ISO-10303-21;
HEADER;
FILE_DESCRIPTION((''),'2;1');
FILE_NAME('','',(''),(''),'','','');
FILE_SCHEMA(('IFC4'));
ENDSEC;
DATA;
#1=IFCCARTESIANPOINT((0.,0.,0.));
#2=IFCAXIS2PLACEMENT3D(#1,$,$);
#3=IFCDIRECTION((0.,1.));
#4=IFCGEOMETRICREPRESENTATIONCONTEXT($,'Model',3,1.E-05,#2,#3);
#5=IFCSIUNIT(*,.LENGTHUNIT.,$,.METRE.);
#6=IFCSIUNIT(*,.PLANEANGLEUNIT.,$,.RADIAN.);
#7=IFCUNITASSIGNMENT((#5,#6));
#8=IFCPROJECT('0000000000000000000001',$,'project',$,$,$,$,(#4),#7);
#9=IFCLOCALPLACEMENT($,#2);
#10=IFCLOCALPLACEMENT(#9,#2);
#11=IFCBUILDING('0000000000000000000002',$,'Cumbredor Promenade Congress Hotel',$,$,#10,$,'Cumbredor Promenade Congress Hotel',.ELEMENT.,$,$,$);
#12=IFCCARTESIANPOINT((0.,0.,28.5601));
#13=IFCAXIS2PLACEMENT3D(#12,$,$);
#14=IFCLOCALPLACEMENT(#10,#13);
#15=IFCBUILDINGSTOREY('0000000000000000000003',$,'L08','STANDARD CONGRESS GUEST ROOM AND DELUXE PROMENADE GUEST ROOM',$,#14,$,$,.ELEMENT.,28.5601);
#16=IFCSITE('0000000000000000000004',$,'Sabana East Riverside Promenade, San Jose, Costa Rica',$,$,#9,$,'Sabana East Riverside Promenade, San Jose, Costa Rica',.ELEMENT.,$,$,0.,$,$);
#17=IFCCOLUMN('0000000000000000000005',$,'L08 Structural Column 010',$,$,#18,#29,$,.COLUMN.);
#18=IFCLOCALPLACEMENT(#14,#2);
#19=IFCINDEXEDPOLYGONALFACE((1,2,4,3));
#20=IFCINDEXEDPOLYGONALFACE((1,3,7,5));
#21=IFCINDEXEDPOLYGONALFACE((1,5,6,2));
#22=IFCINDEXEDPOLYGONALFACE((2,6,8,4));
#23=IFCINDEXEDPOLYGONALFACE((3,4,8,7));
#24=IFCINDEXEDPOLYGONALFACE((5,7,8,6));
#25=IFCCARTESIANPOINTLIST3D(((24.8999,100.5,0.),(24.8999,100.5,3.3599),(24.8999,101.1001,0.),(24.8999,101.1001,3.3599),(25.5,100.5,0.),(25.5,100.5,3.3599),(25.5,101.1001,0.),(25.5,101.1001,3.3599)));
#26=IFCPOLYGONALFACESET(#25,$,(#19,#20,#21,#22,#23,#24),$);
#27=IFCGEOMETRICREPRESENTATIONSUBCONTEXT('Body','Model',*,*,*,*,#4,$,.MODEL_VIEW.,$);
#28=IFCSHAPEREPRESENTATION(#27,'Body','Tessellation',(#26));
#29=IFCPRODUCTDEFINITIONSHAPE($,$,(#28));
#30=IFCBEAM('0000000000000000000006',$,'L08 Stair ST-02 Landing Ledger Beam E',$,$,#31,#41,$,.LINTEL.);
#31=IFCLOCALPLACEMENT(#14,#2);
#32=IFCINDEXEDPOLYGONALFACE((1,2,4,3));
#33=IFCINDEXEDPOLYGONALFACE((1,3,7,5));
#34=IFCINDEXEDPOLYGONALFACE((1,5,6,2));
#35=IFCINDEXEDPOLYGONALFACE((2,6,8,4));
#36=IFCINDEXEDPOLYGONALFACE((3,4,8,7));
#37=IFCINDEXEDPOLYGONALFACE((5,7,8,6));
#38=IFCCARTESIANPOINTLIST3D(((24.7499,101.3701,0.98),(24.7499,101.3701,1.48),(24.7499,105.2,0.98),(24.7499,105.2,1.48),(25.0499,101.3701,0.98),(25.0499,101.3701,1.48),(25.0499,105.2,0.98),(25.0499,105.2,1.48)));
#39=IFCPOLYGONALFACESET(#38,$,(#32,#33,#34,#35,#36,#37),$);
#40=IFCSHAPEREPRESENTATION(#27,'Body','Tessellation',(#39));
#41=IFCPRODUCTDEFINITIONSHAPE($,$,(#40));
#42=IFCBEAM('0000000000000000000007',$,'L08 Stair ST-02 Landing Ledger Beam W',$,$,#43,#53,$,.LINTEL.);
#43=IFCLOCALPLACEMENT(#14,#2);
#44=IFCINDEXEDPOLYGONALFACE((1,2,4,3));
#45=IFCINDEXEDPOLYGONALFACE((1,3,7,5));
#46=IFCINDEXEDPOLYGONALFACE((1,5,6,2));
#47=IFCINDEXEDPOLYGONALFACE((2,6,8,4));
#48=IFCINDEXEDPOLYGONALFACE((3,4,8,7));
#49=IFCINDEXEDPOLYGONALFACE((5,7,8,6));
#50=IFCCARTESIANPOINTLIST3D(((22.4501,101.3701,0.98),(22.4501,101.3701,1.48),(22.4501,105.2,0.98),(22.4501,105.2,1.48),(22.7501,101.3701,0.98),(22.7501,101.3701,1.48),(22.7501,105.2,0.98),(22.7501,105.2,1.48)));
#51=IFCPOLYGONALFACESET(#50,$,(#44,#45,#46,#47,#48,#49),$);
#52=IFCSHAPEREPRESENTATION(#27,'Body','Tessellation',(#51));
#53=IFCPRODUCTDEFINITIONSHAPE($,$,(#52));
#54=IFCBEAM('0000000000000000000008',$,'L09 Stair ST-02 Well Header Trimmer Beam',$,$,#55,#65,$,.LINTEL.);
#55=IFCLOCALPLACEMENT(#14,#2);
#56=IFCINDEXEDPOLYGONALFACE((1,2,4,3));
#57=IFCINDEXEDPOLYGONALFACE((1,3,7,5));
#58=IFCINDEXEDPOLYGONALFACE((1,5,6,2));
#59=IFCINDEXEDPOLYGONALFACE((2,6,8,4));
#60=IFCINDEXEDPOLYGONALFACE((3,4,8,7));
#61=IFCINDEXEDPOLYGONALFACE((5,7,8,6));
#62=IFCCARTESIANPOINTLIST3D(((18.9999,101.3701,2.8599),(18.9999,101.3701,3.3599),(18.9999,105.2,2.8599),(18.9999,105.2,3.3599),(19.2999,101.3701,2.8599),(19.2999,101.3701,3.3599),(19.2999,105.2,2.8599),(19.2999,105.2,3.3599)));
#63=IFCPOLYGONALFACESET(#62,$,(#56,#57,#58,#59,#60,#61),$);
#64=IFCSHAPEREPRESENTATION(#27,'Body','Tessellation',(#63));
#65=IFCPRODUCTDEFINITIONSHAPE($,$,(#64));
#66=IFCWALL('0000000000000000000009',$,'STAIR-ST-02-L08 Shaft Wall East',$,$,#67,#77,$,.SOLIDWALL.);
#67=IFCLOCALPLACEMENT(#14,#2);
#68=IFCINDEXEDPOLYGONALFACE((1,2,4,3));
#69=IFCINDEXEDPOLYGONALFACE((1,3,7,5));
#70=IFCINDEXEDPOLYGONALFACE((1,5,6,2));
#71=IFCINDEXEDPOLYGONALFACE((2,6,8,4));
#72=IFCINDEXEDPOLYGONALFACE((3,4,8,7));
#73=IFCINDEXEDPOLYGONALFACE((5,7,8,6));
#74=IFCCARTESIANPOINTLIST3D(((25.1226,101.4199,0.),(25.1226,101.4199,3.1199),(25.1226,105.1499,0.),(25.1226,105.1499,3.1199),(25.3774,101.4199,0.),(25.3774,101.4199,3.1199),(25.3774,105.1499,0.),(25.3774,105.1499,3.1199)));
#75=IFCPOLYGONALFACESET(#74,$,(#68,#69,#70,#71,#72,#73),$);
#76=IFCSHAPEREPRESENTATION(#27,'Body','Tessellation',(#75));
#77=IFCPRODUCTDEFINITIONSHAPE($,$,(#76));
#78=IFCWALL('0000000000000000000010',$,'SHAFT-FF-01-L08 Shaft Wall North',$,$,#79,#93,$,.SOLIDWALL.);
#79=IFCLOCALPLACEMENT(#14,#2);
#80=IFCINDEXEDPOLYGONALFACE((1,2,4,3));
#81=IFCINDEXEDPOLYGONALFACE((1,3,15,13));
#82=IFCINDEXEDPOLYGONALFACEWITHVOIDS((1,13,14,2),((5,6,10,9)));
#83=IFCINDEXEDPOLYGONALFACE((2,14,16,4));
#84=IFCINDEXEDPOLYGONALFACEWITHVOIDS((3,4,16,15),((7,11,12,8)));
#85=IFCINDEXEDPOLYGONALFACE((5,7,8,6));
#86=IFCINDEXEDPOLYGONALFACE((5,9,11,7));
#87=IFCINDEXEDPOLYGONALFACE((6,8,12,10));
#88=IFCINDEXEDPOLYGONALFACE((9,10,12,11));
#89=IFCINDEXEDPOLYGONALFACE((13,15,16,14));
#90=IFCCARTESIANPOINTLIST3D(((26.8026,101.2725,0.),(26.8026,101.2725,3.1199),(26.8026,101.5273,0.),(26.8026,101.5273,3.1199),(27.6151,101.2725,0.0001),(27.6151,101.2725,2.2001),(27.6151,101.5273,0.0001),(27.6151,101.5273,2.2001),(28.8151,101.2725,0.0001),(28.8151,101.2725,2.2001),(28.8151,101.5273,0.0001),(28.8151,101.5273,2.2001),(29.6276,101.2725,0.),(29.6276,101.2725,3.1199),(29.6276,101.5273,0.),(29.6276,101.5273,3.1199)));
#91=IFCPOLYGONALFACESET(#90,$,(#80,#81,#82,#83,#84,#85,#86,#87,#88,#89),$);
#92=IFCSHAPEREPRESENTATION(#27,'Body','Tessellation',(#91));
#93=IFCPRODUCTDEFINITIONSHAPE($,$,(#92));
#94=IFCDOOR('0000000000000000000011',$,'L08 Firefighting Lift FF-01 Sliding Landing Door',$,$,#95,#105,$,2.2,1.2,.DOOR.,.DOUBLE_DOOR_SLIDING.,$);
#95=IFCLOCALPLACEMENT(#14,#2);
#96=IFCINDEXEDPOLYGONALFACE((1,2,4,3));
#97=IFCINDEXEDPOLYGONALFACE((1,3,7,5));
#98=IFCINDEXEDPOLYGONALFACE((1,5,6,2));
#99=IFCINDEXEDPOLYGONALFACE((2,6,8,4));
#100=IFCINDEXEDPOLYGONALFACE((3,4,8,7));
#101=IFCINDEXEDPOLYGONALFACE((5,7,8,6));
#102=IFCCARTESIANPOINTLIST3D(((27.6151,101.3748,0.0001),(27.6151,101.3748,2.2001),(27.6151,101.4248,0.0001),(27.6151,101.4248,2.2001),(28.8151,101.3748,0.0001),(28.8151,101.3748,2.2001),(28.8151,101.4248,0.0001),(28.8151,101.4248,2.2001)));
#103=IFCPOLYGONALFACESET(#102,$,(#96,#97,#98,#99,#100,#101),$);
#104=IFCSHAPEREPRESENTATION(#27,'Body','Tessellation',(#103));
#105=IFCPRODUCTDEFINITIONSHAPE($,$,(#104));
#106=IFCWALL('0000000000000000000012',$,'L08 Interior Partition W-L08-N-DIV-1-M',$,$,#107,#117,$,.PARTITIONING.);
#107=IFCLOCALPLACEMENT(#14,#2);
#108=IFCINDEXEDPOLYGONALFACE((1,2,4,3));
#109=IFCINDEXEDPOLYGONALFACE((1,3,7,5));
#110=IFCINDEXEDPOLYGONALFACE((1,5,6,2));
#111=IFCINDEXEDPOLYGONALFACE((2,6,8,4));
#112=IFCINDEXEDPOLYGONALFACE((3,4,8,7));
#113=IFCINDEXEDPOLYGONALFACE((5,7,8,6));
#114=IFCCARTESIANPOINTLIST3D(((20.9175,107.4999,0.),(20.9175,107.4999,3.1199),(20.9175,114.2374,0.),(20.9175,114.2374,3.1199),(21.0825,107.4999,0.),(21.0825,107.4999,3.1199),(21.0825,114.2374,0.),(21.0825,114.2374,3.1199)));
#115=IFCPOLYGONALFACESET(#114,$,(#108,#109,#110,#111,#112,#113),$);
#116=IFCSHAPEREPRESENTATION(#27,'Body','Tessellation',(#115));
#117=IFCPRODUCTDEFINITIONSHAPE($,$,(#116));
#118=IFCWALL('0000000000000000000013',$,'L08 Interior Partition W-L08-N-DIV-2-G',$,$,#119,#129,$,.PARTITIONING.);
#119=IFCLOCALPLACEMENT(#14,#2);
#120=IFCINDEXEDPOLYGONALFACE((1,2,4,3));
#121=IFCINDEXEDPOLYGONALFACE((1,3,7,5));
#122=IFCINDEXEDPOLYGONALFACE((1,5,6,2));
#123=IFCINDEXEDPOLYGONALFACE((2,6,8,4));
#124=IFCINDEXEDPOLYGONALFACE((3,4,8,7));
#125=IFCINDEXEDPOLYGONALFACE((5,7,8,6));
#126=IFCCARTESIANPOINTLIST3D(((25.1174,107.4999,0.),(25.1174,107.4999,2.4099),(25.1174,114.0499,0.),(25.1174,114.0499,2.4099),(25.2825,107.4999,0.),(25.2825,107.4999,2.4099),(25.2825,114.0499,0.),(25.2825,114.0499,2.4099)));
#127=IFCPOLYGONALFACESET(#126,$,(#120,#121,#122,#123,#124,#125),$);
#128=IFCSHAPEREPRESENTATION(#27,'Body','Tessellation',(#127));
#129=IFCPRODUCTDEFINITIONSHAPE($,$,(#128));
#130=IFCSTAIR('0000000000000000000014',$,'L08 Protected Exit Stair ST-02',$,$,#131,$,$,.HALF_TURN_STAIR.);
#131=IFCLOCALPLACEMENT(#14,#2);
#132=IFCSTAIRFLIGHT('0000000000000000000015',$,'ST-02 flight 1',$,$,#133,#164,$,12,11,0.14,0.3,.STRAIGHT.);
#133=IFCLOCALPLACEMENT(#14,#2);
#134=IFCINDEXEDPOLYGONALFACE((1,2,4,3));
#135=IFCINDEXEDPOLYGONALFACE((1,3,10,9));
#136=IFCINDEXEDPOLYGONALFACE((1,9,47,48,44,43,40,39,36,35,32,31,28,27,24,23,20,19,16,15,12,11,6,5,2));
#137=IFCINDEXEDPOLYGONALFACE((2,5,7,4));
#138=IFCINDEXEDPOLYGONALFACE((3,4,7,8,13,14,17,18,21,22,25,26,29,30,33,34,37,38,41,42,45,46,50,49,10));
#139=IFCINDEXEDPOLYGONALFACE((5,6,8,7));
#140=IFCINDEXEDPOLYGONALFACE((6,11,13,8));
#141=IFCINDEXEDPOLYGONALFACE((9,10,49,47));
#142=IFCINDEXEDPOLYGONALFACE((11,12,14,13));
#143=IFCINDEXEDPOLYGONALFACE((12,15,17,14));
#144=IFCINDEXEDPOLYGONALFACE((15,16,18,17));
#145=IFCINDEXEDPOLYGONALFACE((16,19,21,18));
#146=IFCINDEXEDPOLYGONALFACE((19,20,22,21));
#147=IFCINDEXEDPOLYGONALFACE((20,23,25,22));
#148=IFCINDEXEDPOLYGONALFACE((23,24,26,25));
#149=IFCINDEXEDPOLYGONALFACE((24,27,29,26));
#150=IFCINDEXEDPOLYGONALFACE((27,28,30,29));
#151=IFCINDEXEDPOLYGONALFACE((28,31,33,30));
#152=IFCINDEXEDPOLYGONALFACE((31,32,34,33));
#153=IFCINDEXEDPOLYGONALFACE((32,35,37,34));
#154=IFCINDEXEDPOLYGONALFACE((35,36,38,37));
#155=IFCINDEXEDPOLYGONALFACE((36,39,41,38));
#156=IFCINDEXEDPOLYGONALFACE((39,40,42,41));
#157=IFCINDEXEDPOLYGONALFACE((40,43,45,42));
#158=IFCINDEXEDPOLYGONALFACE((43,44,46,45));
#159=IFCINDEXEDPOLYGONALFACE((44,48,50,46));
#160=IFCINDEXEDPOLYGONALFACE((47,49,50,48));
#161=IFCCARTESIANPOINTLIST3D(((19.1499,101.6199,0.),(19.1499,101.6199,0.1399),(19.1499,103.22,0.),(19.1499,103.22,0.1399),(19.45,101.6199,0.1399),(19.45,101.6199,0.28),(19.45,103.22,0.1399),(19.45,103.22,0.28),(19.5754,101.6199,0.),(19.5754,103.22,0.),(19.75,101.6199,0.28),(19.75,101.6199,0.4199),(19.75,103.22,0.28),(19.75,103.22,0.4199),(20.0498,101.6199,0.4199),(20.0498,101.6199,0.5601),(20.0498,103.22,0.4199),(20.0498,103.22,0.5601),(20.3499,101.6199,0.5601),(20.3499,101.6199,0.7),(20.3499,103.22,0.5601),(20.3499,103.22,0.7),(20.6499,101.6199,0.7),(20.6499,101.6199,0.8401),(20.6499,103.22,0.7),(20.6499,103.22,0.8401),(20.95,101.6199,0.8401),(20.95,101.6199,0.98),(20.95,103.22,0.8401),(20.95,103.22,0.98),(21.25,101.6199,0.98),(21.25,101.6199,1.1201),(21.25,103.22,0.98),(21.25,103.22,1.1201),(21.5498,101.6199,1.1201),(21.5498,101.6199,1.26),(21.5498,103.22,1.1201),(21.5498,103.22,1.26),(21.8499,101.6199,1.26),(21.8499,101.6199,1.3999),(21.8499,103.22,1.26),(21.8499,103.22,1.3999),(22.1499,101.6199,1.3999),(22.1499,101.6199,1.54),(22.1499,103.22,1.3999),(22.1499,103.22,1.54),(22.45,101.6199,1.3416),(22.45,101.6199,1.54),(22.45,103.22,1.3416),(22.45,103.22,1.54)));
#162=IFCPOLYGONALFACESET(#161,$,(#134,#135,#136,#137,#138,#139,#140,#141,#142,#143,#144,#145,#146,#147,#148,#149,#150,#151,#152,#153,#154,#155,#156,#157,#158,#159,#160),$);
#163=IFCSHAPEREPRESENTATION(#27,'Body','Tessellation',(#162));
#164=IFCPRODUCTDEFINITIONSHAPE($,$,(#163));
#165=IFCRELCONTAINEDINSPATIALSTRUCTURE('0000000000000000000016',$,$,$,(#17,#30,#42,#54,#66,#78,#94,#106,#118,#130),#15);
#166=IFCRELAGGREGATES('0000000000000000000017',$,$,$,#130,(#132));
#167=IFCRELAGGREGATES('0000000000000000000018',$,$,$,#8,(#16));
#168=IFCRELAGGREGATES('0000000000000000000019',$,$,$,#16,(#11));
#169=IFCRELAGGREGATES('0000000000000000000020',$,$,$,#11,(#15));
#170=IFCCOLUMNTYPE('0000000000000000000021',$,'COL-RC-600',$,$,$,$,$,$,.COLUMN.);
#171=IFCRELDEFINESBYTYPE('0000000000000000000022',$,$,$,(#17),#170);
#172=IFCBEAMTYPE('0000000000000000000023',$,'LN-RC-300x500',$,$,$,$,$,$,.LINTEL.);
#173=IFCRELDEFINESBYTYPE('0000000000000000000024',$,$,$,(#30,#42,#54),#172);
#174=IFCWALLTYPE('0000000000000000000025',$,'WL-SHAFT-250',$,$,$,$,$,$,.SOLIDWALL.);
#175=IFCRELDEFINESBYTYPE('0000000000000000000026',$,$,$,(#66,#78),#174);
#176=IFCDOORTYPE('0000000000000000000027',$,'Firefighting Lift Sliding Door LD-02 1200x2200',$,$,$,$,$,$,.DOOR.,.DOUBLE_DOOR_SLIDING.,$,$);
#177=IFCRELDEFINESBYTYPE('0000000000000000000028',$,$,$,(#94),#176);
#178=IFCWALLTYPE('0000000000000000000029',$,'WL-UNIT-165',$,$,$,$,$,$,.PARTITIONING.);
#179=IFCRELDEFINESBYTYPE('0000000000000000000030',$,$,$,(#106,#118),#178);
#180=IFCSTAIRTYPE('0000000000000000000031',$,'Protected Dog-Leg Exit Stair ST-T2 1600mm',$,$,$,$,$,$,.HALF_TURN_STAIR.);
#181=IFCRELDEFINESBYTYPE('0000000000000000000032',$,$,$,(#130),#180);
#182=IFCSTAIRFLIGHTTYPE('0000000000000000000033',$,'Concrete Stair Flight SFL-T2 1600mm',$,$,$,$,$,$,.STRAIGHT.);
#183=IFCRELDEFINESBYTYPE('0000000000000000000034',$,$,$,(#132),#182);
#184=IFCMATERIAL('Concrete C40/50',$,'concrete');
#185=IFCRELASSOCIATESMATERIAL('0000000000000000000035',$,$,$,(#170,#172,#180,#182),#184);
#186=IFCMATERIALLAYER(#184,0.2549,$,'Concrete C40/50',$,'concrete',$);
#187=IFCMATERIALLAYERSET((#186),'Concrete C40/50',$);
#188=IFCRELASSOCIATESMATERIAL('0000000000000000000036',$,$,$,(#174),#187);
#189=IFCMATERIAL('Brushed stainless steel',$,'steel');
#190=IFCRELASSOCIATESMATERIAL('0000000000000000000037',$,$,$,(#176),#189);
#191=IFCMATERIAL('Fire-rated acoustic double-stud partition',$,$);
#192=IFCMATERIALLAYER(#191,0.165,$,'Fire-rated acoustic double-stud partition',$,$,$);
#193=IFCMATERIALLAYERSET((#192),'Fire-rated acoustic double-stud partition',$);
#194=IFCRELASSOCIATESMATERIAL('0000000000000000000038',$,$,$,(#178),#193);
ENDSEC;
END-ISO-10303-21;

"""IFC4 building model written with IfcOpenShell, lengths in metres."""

from ifc_helpers import new_model, si_unit, direction, frame, frame_2d, origin, origin_2d, place, context, subcontext, project, spatial, polyline, rectangle, outline, extrude, material, layer, layer_set, material_profile, profile_set, type_object, element, fill, aggregate, save


model = new_model("IFC4")

# Units and contexts
model_context = context("Model", 3, precision=1e-05, world=origin(), true_north=direction((0.0, 1.0)))
body_context = subcontext(model_context, "Body", "Model", "MODEL_VIEW")
ifc_project = project(units=[si_unit("LENGTHUNIT", "METRE"), si_unit("PLANEANGLEUNIT", "RADIAN")], contexts=[model_context])

# Site, building, storey
site_placement = place(None, origin())
site = spatial("IfcSite", under=ifc_project, at=site_placement, Name="Sabana East Riverside Promenade, San Jose, Costa Rica", LongName="Sabana East Riverside Promenade, San Jose, Costa Rica", CompositionType="ELEMENT", RefElevation=0.0)
building_placement = place(site_placement, origin())
building = spatial("IfcBuilding", under=site, at=building_placement, Name="Cumbredor Promenade Congress Hotel", LongName="Cumbredor Promenade Congress Hotel", CompositionType="ELEMENT")
storey_placement = place(building_placement, frame((0.0, 0.0, 28.5601)))
storey = spatial("IfcBuildingStorey", under=building, at=storey_placement, Name="L08", Description="STANDARD CONGRESS GUEST ROOM AND DELUXE PROMENADE GUEST ROOM", CompositionType="ELEMENT", Elevation=28.5601)

# Column
ifc_material_1 = material(Name="Concrete C40/50", Category="concrete")
ifc_material_profile_1 = material_profile(ifc_material_1, rectangle(XDim=0.6001, YDim=0.6001, at=origin_2d()), Name="RC 600x600")
ifc_profile_set_1 = profile_set([ifc_material_profile_1], Name="Concrete C40/50")
column_type = type_object("IfcColumnType", Name="COL-RC-600", PredefinedType="COLUMN", material=ifc_profile_set_1)
column_placement = place(storey_placement, frame((25.2, 100.8, 0.0), z_axis=(0.0, 0.0, 1.0), x_axis=(1.0, 0.0, 0.0)))
element("IfcColumn", 1, at=column_placement, inside=storey, type_object=column_type, Name="L08 Structural Column 010", PredefinedType="COLUMN", context=body_context, shape_type="SweptSolid", body=[
    extrude(rectangle(XDim=0.6001, YDim=0.6001, at=origin_2d()), origin(), (0.0, 0.0, 1.0), 3.3599),
])

# Beams
ifc_material_profile_2 = material_profile(ifc_material_1, rectangle(XDim=0.3, YDim=0.5, at=origin_2d()), Name="RC LINTEL 300x500")
ifc_profile_set_2 = profile_set([ifc_material_profile_2], Name="Concrete C40/50")
beam_type = type_object("IfcBeamType", Name="LN-RC-300x500", PredefinedType="LINTEL", material=ifc_profile_set_2)
for number, where, z_axis, x_axis, name in (
    (2, (24.8999, 101.3701, 1.23), (0.0, 1.0, 0.0), (-1.0, 0.0, 0.0), "L08 Stair ST-02 Landing Ledger Beam E"),
    (3, (22.6001, 101.3701, 1.23), (0.0, 1.0, 0.0), (-1.0, 0.0, 0.0), "L08 Stair ST-02 Landing Ledger Beam W"),
    (4, (19.1499, 101.3701, 3.1099), (0.0, 1.0, 0.0), (-1.0, 0.0, 0.0), "L09 Stair ST-02 Well Header Trimmer Beam"),
):
    element("IfcBeam", number, at=place(storey_placement, frame(where, z_axis=z_axis, x_axis=x_axis)), inside=storey, type_object=beam_type, Name=name, PredefinedType="LINTEL", context=body_context, shape_type="SweptSolid", body=[
        extrude(rectangle(XDim=0.3, YDim=0.5, at=origin_2d()), origin(), (0.0, 0.0, 1.0), 3.8298),
    ])

# Wall
ifc_layer_1 = layer(ifc_material_1, 0.2549, Name="Concrete C40/50", Category="concrete")
ifc_layer_set_1 = layer_set([ifc_layer_1], Name="Concrete C40/50")
wall_type_1 = type_object("IfcWallType", Name="WL-SHAFT-250", PredefinedType="SOLIDWALL", material=ifc_layer_set_1)
wall_1_placement = place(storey_placement, frame((25.25, 101.4199, 0.0), z_axis=(0.0, 0.0, 1.0), x_axis=(0.0, 1.0, 0.0)))
element("IfcWall", 5, at=wall_1_placement, inside=storey, type_object=wall_type_1, Name="STAIR-ST-02-L08 Shaft Wall East", PredefinedType="SOLIDWALL", context=body_context, shape_type="SweptSolid", body=[
    extrude(rectangle(XDim=3.73, YDim=0.2549, at=frame_2d((1.865, 0.0))), origin(), (0.0, 0.0, 1.0), 3.1199),
])

# Wall, opening, door
wall_2_placement = place(storey_placement, frame((26.8025, 101.3999, 0.0), z_axis=(0.0, 0.0, 1.0), x_axis=(1.0, 0.0, 0.0)))
wall_2 = element("IfcWall", 6, at=wall_2_placement, inside=storey, type_object=wall_type_1, Name="SHAFT-FF-01-L08 Shaft Wall North", PredefinedType="SOLIDWALL", context=body_context, shape_type="SweptSolid", body=[
    extrude(rectangle(XDim=2.825, YDim=0.2549, at=frame_2d((1.4126, 0.0))), origin(), (0.0, 0.0, 1.0), 3.1199),
])
opening_1_placement = place(wall_2_placement, frame((0.8125, 0.0, 0.0)))
opening_1 = element("IfcOpeningElement", 7, at=opening_1_placement, cuts=wall_2, PredefinedType="OPENING", context=body_context, shape_type="SweptSolid", body=[
    extrude(rectangle(XDim=1.2, YDim=2.2, at=frame_2d((0.6001, 1.1001))), frame((0.0, 0.1375, 0.0), z_axis=(0.0, -1.0, 0.0), x_axis=(1.0, 0.0, 0.0)), (0.0, 0.0, 1.0), 0.2749),
])
ifc_material_2 = material(Name="Brushed stainless steel", Category="steel")
door_type_1 = type_object("IfcDoorType", Name="Firefighting Lift Sliding Door LD-02 1200x2200", OperationType="DOUBLE_DOOR_SLIDING", PredefinedType="DOOR", material=ifc_material_2)
door_1_placement = place(opening_1_placement, origin())
door_1 = element("IfcDoor", 8, at=door_1_placement, inside=storey, type_object=door_type_1, Name="L08 Firefighting Lift FF-01 Sliding Landing Door", OperationType="DOUBLE_DOOR_SLIDING", OverallHeight=2.2, OverallWidth=1.2, PredefinedType="DOOR", context=body_context, shape_type="SweptSolid", body=[
    extrude(rectangle(XDim=1.2, YDim=2.2, at=frame_2d((0.6001, 1.1001))), frame((0.0, 0.0249, 0.0), z_axis=(0.0, -1.0, 0.0), x_axis=(1.0, 0.0, 0.0)), (0.0, 0.0, 1.0), 0.05),
])
fill(opening_1, door_1)

# Walls
ifc_material_3 = material(Name="Fire-rated acoustic double-stud partition")
ifc_layer_2 = layer(ifc_material_3, 0.165, Name="Fire-rated acoustic double-stud partition")
ifc_layer_set_2 = layer_set([ifc_layer_2], Name="Fire-rated acoustic double-stud partition")
wall_type_2 = type_object("IfcWallType", Name="WL-UNIT-165", PredefinedType="PARTITIONING", material=ifc_layer_set_2)
wall_3_placement = place(storey_placement, frame((21.0, 107.5, 0.0), z_axis=(0.0, 0.0, 1.0), x_axis=(0.0, 1.0, 0.0)))
element("IfcWall", 9, at=wall_3_placement, inside=storey, type_object=wall_type_2, Name="L08 Interior Partition W-L08-N-DIV-1-M", PredefinedType="PARTITIONING", context=body_context, shape_type="SweptSolid", body=[
    extrude(rectangle(XDim=6.7375, YDim=0.165, at=frame_2d((3.3687, 0.0))), origin(), (0.0, 0.0, 1.0), 3.1199),
])
wall_4_placement = place(storey_placement, frame((25.2, 107.5, 0.0), z_axis=(0.0, 0.0, 1.0), x_axis=(0.0, 1.0, 0.0)))
element("IfcWall", 10, at=wall_4_placement, inside=storey, type_object=wall_type_2, Name="L08 Interior Partition W-L08-N-DIV-2-G", PredefinedType="PARTITIONING", context=body_context, shape_type="SweptSolid", body=[
    extrude(rectangle(XDim=6.55, YDim=0.165, at=frame_2d((3.2749, 0.0))), origin(), (0.0, 0.0, 1.0), 2.4099),
])

# Stair, stair flight
stair_type = type_object("IfcStairType", Name="Protected Dog-Leg Exit Stair ST-T2 1600mm", PredefinedType="HALF_TURN_STAIR", material=ifc_material_1)
stair_placement = place(storey_placement, origin())
stair = element("IfcStair", 11, at=stair_placement, inside=storey, type_object=stair_type, Name="L08 Protected Exit Stair ST-02", PredefinedType="HALF_TURN_STAIR")
stair_flight_type = type_object("IfcStairFlightType", Name="Concrete Stair Flight SFL-T2 1600mm", PredefinedType="STRAIGHT", material=ifc_material_1)
stair_flight_1_placement = place(storey_placement, frame((19.1499, 102.4199, 0.0), z_axis=(0.0, 0.0, 1.0), x_axis=(1.0, 0.0, 0.0)))
stair_flight_1 = element("IfcStairFlight", 12, at=stair_flight_1_placement, type_object=stair_flight_type, Name="ST-02 flight 1", NumberOfRisers=12, NumberOfTreads=11, PredefinedType="STRAIGHT", RiserHeight=0.14, TreadLength=0.3, context=body_context, shape_type="SweptSolid", body=[
    extrude(outline(polyline([(0.0, 0.0), (0.0, 0.1399), (0.3, 0.1399), (0.3, 0.28), (0.6001, 0.28), (0.6001, 0.4199), (0.8999, 0.4199), (0.8999, 0.5601), (1.2, 0.5601), (1.2, 0.7), (1.5, 0.7), (1.5, 0.8401), (1.8, 0.8401), (1.8, 0.98), (2.1001, 0.98), (2.1001, 1.1201), (2.3999, 1.1201), (2.3999, 1.26), (2.7, 1.26), (2.7, 1.3999), (3.0, 1.3999), (3.0, 1.54), (3.3, 1.54), (3.3, 1.6799), (3.3, 1.3416), (0.4255, 0.0), (0.0, 0.0)])), frame((0.0, 0.8, 0.0), z_axis=(0.0, -1.0, 0.0), x_axis=(1.0, 0.0, 0.0)), (0.0, 0.0, 1.0), 1.6001),
])
aggregate(stair, [stair_flight_1])

save(model, "model.ifc")
